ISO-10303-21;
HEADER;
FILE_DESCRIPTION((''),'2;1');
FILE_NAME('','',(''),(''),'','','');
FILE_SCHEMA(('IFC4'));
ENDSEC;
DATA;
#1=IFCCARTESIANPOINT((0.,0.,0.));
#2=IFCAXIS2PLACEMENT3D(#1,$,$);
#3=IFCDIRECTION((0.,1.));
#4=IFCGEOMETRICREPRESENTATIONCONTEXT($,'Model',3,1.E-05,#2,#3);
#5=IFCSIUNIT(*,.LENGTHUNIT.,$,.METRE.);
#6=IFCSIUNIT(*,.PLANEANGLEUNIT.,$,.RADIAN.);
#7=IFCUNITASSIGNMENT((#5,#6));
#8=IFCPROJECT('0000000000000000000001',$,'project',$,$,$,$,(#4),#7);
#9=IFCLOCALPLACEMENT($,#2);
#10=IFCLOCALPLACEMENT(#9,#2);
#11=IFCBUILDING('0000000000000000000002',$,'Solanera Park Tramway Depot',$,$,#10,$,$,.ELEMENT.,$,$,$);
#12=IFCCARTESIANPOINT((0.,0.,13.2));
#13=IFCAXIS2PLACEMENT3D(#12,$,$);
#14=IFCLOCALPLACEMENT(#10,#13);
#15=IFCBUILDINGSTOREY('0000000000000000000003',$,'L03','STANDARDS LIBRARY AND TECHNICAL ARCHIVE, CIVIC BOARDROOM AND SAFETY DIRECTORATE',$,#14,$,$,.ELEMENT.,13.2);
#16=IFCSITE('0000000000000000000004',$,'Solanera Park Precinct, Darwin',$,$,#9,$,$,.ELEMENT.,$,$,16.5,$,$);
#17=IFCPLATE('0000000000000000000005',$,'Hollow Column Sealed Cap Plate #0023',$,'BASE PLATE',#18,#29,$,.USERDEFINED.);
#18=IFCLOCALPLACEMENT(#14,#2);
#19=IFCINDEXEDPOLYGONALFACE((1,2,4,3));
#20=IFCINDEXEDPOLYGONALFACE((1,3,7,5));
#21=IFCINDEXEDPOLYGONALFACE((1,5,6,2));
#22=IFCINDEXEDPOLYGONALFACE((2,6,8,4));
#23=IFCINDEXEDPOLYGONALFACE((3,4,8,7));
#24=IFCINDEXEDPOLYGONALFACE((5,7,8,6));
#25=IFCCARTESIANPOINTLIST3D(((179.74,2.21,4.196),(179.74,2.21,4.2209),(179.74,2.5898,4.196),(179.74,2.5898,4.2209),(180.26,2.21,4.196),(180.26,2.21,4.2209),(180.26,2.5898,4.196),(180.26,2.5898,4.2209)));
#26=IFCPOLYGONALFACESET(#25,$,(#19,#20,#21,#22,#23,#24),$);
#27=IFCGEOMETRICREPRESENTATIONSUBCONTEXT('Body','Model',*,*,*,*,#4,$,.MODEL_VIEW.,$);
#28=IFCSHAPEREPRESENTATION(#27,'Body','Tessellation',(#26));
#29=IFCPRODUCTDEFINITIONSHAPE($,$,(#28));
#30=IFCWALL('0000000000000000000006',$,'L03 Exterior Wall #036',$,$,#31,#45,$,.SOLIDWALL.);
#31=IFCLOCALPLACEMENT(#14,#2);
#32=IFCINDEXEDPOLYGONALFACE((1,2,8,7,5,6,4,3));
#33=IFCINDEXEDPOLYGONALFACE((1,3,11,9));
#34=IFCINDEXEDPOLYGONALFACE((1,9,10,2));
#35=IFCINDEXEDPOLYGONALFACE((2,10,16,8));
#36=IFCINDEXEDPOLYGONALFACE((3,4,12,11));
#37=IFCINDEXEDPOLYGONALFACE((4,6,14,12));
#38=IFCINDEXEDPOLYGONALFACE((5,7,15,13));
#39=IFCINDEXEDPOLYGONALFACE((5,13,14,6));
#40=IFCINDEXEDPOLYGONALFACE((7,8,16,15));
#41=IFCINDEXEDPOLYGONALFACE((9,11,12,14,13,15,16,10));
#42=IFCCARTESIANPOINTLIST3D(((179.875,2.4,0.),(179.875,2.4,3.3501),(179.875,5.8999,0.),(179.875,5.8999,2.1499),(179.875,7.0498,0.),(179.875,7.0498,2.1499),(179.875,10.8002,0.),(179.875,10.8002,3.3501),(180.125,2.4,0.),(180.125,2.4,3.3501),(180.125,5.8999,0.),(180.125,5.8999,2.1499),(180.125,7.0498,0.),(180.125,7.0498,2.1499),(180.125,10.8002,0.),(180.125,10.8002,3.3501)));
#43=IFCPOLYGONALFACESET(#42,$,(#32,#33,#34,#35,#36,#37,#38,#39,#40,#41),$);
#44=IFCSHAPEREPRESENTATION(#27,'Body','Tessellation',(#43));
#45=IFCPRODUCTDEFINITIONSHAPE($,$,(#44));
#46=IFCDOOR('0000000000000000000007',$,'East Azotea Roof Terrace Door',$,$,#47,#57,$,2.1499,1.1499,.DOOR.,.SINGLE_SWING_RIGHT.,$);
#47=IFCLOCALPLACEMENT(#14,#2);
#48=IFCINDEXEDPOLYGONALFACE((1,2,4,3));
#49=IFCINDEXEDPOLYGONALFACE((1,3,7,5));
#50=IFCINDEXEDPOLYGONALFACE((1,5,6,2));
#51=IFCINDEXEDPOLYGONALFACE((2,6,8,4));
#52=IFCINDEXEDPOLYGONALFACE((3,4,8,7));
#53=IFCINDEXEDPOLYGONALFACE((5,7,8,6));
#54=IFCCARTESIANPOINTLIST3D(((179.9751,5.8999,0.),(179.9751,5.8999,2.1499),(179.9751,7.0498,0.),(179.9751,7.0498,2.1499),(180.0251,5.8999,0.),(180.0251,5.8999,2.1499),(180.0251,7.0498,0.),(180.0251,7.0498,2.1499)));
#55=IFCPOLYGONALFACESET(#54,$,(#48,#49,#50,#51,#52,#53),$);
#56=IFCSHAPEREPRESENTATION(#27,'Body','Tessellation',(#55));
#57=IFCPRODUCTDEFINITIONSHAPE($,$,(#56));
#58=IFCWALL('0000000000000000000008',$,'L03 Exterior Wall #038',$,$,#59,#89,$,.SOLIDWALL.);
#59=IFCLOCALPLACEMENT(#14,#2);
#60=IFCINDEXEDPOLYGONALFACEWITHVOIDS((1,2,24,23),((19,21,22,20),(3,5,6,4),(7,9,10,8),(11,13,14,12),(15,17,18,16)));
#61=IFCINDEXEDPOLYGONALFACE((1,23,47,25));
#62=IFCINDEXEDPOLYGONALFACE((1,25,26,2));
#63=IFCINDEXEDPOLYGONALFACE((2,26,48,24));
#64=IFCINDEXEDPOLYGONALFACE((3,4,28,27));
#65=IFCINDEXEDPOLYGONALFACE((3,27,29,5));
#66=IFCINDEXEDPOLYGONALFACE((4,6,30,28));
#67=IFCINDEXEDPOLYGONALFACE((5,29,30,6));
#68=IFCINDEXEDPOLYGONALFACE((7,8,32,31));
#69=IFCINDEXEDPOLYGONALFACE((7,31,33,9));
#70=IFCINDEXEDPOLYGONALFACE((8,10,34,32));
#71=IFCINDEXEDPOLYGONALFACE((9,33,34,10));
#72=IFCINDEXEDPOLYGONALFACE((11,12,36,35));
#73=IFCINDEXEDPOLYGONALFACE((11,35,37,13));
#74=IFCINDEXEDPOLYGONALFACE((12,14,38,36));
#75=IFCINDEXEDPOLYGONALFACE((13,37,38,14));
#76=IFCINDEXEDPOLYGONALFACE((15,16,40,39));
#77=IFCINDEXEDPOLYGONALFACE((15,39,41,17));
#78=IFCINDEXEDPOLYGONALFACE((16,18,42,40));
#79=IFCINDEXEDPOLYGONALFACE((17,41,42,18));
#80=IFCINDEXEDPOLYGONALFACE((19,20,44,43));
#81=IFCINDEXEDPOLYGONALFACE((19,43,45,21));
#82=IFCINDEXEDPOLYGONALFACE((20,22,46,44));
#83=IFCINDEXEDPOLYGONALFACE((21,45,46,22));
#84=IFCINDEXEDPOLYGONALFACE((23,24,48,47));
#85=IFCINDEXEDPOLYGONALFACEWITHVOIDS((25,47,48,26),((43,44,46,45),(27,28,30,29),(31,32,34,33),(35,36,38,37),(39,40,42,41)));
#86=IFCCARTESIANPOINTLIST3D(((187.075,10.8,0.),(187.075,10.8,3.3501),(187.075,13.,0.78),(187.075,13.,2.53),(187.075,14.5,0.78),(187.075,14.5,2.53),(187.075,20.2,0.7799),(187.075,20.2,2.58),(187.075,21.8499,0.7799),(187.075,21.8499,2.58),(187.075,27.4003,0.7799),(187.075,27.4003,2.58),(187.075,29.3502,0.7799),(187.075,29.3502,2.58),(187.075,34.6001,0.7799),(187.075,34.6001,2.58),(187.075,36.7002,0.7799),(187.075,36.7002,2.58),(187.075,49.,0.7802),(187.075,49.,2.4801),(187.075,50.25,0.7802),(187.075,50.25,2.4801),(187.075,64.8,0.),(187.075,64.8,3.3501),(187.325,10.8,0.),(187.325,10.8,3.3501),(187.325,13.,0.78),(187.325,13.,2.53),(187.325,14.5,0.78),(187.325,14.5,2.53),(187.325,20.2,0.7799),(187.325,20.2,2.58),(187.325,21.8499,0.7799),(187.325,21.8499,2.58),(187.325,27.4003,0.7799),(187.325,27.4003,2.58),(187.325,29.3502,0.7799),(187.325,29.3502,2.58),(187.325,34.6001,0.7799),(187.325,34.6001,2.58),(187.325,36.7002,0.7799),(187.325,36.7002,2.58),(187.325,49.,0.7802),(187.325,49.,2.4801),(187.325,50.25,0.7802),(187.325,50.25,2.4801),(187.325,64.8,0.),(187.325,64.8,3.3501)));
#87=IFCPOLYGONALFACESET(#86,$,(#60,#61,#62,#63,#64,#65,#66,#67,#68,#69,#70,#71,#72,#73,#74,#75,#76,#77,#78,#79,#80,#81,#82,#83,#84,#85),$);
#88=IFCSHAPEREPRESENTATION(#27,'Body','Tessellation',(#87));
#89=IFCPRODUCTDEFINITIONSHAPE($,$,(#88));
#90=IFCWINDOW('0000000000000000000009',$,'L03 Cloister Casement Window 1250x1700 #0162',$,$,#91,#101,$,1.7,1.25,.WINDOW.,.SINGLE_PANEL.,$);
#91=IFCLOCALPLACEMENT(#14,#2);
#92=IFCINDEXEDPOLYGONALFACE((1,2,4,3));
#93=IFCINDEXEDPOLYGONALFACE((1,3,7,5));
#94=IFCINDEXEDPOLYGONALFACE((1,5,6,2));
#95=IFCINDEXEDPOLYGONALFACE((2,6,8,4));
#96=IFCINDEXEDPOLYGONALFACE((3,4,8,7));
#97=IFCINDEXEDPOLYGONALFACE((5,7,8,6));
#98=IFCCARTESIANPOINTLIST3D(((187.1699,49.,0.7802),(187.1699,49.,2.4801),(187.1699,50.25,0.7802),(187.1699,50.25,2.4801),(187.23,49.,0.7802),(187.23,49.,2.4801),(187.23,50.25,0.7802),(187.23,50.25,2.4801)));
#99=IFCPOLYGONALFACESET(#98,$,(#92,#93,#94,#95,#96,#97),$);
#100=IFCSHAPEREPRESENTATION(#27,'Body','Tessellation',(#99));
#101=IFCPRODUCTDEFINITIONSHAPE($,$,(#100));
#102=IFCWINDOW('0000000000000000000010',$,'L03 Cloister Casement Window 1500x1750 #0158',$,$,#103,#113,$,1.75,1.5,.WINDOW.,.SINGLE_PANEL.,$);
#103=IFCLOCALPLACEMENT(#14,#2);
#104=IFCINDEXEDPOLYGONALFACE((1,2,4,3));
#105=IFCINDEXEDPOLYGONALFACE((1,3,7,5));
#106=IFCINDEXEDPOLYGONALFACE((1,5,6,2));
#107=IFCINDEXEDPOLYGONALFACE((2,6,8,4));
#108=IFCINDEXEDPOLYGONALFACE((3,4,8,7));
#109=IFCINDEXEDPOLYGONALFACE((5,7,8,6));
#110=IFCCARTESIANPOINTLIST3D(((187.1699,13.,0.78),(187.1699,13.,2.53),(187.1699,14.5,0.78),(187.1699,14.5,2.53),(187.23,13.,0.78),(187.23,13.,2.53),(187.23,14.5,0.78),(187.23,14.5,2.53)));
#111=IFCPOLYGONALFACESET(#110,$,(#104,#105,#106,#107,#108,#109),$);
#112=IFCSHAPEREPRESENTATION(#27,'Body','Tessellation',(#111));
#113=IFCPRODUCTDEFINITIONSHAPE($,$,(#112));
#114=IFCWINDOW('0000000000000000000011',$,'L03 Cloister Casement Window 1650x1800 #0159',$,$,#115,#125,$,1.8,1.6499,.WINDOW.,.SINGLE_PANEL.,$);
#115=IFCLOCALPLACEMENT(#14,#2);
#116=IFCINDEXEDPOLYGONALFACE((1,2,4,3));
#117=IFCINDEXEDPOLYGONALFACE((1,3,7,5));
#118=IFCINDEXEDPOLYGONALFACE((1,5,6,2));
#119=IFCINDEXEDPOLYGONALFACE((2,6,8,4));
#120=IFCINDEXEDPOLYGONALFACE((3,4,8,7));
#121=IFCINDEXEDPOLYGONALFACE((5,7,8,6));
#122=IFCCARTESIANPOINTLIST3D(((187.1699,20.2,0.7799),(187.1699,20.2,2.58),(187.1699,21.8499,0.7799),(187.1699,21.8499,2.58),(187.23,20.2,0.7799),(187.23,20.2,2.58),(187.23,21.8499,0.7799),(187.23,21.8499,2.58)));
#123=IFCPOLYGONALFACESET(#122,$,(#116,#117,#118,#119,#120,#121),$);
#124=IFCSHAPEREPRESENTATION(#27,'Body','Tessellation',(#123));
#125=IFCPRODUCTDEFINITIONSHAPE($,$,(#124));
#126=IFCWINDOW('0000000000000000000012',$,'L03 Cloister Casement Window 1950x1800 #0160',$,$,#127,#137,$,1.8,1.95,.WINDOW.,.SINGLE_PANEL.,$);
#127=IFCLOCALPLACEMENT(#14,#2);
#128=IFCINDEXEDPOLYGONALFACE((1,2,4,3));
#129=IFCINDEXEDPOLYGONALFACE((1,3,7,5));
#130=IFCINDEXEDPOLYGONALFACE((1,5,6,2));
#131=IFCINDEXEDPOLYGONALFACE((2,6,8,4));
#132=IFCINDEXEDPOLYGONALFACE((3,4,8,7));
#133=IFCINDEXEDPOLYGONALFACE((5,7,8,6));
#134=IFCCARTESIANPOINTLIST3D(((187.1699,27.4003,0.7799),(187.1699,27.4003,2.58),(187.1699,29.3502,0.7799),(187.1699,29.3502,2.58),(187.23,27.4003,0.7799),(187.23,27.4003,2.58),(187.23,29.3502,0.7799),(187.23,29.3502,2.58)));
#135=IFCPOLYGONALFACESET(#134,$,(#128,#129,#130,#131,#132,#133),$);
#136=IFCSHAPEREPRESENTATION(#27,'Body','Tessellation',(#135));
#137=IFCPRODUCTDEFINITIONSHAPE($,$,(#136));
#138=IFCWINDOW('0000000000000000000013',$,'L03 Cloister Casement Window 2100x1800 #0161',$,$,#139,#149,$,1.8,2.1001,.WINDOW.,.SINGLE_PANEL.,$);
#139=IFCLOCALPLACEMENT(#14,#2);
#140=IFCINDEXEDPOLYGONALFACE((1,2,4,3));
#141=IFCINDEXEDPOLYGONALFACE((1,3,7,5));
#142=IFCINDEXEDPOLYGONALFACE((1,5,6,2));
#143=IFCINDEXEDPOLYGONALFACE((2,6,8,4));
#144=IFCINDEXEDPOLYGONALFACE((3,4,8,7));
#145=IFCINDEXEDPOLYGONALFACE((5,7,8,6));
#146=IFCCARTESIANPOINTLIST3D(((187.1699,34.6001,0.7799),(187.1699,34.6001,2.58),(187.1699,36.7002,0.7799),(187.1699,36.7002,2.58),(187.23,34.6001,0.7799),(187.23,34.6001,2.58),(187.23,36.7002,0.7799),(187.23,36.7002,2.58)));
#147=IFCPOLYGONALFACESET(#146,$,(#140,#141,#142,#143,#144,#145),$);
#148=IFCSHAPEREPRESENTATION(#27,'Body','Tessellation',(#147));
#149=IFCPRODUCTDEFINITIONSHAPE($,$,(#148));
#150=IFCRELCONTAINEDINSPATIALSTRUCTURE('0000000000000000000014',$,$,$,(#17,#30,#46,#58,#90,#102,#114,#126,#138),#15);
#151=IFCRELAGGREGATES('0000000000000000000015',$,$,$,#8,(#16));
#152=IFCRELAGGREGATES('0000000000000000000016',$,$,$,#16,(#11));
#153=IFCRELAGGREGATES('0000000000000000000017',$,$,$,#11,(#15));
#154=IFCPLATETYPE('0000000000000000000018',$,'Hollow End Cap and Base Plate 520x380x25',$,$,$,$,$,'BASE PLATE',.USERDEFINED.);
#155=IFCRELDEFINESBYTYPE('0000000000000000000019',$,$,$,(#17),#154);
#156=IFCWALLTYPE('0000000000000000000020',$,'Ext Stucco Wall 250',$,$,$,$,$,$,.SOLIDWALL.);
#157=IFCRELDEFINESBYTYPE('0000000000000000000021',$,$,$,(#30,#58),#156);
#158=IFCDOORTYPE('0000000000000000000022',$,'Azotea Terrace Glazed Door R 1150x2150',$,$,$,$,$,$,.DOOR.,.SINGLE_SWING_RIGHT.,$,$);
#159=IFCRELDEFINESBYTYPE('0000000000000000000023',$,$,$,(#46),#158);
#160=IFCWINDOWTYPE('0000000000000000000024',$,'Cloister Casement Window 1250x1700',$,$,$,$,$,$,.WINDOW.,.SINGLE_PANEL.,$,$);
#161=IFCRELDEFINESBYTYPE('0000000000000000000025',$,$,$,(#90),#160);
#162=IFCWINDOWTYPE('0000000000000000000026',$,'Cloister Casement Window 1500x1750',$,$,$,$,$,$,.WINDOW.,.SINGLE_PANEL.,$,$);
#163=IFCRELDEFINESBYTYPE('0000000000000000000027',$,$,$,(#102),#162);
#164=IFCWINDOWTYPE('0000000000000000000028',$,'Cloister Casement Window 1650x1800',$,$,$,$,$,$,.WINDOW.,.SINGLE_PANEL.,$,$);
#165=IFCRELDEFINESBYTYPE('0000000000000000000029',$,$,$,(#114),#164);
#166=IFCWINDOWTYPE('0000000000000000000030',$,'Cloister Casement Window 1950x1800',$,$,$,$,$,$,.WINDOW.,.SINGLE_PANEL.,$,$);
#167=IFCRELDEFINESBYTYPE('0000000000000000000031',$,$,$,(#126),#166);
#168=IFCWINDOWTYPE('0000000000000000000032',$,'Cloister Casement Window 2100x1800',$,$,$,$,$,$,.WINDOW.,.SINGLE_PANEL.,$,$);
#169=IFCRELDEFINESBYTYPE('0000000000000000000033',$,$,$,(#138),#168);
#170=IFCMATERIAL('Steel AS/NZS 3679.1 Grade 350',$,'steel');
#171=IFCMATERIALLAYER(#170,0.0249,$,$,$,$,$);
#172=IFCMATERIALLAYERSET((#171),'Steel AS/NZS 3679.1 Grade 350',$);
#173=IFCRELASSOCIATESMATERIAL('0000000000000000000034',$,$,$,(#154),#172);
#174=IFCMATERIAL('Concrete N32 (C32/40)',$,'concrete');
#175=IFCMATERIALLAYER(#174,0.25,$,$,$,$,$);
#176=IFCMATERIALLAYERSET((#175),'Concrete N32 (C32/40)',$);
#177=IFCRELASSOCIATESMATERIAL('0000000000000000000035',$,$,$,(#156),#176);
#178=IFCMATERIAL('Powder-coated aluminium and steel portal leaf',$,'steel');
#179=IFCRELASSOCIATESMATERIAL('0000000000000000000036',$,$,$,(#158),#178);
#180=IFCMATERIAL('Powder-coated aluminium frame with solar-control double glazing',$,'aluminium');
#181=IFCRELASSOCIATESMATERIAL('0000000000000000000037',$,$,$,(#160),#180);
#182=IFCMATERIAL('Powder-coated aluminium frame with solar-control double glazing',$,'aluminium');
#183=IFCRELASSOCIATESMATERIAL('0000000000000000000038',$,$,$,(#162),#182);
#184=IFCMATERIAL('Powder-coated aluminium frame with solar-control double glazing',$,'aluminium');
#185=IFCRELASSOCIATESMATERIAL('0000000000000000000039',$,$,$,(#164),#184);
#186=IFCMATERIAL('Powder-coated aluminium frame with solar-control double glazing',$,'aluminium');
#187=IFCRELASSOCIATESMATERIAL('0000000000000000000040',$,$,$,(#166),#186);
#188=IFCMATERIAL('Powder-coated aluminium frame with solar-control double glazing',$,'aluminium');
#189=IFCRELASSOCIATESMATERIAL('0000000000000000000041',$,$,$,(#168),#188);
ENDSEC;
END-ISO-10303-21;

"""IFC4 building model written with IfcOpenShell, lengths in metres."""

from ifc_helpers import new_model, si_unit, direction, frame, frame_2d, origin, origin_2d, place, context, subcontext, project, spatial, rectangle, extrude, material, layer, layer_set, type_object, element, fill, save


model = new_model("IFC4")

# Units and contexts
model_context = context("Model", 3, precision=1e-05, world=origin(), true_north=direction((0.0, 1.0)))
body_context = subcontext(model_context, "Body", "Model", "MODEL_VIEW")
ifc_project = project(units=[si_unit("LENGTHUNIT", "METRE"), si_unit("PLANEANGLEUNIT", "RADIAN")], contexts=[model_context])

# Site, building, storey
site_placement = place(None, origin())
site = spatial("IfcSite", under=ifc_project, at=site_placement, Name="Solanera Park Precinct, Darwin", CompositionType="ELEMENT", RefElevation=16.5)
building_placement = place(site_placement, origin())
building = spatial("IfcBuilding", under=site, at=building_placement, Name="Solanera Park Tramway Depot", CompositionType="ELEMENT")
storey_placement = place(building_placement, frame((0.0, 0.0, 13.2)))
storey = spatial("IfcBuildingStorey", under=building, at=storey_placement, Name="L03", Description="STANDARDS LIBRARY AND TECHNICAL ARCHIVE, CIVIC BOARDROOM AND SAFETY DIRECTORATE", CompositionType="ELEMENT", Elevation=13.2)

# Plate
ifc_material_1 = material(Name="Steel AS/NZS 3679.1 Grade 350", Category="steel")
ifc_layer_1 = layer(ifc_material_1, 0.0249)
ifc_layer_set_1 = layer_set([ifc_layer_1], Name="Steel AS/NZS 3679.1 Grade 350")
plate_type_1 = type_object("IfcPlateType", Name="Hollow End Cap and Base Plate 520x380x25", ElementType="BASE PLATE", PredefinedType="USERDEFINED", material=ifc_layer_set_1)
plate_1_placement = place(storey_placement, frame((180.0, 2.3999, 4.196), z_axis=(0.0, 0.0, 1.0), x_axis=(1.0, 0.0, 0.0)))
element("IfcPlate", 1, at=plate_1_placement, inside=storey, type_object=plate_type_1, Name="Hollow Column Sealed Cap Plate #0023", ObjectType="BASE PLATE", PredefinedType="USERDEFINED", context=body_context, shape_type="SweptSolid", body=[
    extrude(rectangle(XDim=0.52, YDim=0.3799, at=origin_2d()), origin(), (0.0, 0.0, 1.0), 0.0249),
])

# Wall, opening, door
ifc_material_2 = material(Name="Concrete N32 (C32/40)", Category="concrete")
ifc_layer_2 = layer(ifc_material_2, 0.25)
ifc_layer_set_2 = layer_set([ifc_layer_2], Name="Concrete N32 (C32/40)")
wall_type = type_object("IfcWallType", Name="Ext Stucco Wall 250", PredefinedType="SOLIDWALL", material=ifc_layer_set_2)
wall_1_placement = place(storey_placement, frame((180.0, 2.3999, 0.0), z_axis=(0.0, 0.0, 1.0), x_axis=(0.0, 1.0, 0.0)))
wall_1 = element("IfcWall", 2, at=wall_1_placement, inside=storey, type_object=wall_type, Name="L03 Exterior Wall #036", PredefinedType="SOLIDWALL", context=body_context, shape_type="SweptSolid", body=[
    extrude(rectangle(XDim=8.4001, YDim=0.25, at=frame_2d((4.2002, 0.0))), origin(), (0.0, 0.0, 1.0), 3.3501),
])
opening_1_placement = place(wall_1_placement, frame((3.5, 0.0, 0.0)))
opening_1 = element("IfcOpeningElement", 3, at=opening_1_placement, cuts=wall_1, PredefinedType="OPENING", context=body_context, shape_type="SweptSolid", body=[
    extrude(rectangle(XDim=1.1499, YDim=2.1499, at=frame_2d((0.575, 1.075))), frame((0.0, 0.135, 0.0), z_axis=(0.0, -1.0, 0.0), x_axis=(1.0, 0.0, 0.0)), (0.0, 0.0, 1.0), 0.27),
])
ifc_material_3 = material(Name="Powder-coated aluminium and steel portal leaf", Category="steel")
door_type = type_object("IfcDoorType", Name="Azotea Terrace Glazed Door R 1150x2150", OperationType="SINGLE_SWING_RIGHT", PredefinedType="DOOR", material=ifc_material_3)
door_placement = place(opening_1_placement, origin())
door = element("IfcDoor", 4, at=door_placement, inside=storey, type_object=door_type, Name="East Azotea Roof Terrace Door", OperationType="SINGLE_SWING_RIGHT", OverallHeight=2.1499, OverallWidth=1.1499, PredefinedType="DOOR", context=body_context, shape_type="SweptSolid", body=[
    extrude(rectangle(XDim=1.1499, YDim=2.1499, at=frame_2d((0.575, 1.075))), frame((0.0, 0.0249, 0.0), z_axis=(0.0, -1.0, 0.0), x_axis=(1.0, 0.0, 0.0)), (0.0, 0.0, 1.0), 0.05),
])
fill(opening_1, door)

# Wall, openings, windows
wall_2_placement = place(storey_placement, frame((187.2, 10.8, 0.0), z_axis=(0.0, 0.0, 1.0), x_axis=(0.0, 1.0, 0.0)))
wall_2 = element("IfcWall", 5, at=wall_2_placement, inside=storey, type_object=wall_type, Name="L03 Exterior Wall #038", PredefinedType="SOLIDWALL", context=body_context, shape_type="SweptSolid", body=[
    extrude(rectangle(XDim=54.0, YDim=0.25, at=frame_2d((27.0, 0.0))), origin(), (0.0, 0.0, 1.0), 3.3501),
])
opening_2_placement = place(wall_2_placement, frame((2.2, 0.0, 0.78)))
opening_2 = element("IfcOpeningElement", 6, at=opening_2_placement, cuts=wall_2, PredefinedType="OPENING", context=body_context, shape_type="SweptSolid", body=[
    extrude(rectangle(XDim=1.5, YDim=1.75, at=frame_2d((0.75, 0.875))), frame((0.0, 0.135, 0.0), z_axis=(0.0, -1.0, 0.0), x_axis=(1.0, 0.0, 0.0)), (0.0, 0.0, 1.0), 0.27),
])
opening_3_placement = place(wall_2_placement, frame((9.3999, 0.0, 0.78)))
opening_3 = element("IfcOpeningElement", 7, at=opening_3_placement, cuts=wall_2, PredefinedType="OPENING", context=body_context, shape_type="SweptSolid", body=[
    extrude(rectangle(XDim=1.6499, YDim=1.8, at=frame_2d((0.825, 0.8999))), frame((0.0, 0.135, 0.0), z_axis=(0.0, -1.0, 0.0), x_axis=(1.0, 0.0, 0.0)), (0.0, 0.0, 1.0), 0.27),
])
opening_4_placement = place(wall_2_placement, frame((16.6001, 0.0, 0.78)))
opening_4 = element("IfcOpeningElement", 8, at=opening_4_placement, cuts=wall_2, PredefinedType="OPENING", context=body_context, shape_type="SweptSolid", body=[
    extrude(rectangle(XDim=1.95, YDim=1.8, at=frame_2d((0.9751, 0.8999))), frame((0.0, 0.135, 0.0), z_axis=(0.0, -1.0, 0.0), x_axis=(1.0, 0.0, 0.0)), (0.0, 0.0, 1.0), 0.27),
])
opening_5_placement = place(wall_2_placement, frame((23.8, 0.0, 0.78)))
opening_5 = element("IfcOpeningElement", 9, at=opening_5_placement, cuts=wall_2, PredefinedType="OPENING", context=body_context, shape_type="SweptSolid", body=[
    extrude(rectangle(XDim=2.1001, YDim=1.8, at=frame_2d((1.05, 0.8999))), frame((0.0, 0.135, 0.0), z_axis=(0.0, -1.0, 0.0), x_axis=(1.0, 0.0, 0.0)), (0.0, 0.0, 1.0), 0.27),
])
opening_6_placement = place(wall_2_placement, frame((38.2, 0.0, 0.78)))
opening_6 = element("IfcOpeningElement", 10, at=opening_6_placement, cuts=wall_2, PredefinedType="OPENING", context=body_context, shape_type="SweptSolid", body=[
    extrude(rectangle(XDim=1.25, YDim=1.7, at=frame_2d((0.625, 0.8501))), frame((0.0, 0.135, 0.0), z_axis=(0.0, -1.0, 0.0), x_axis=(1.0, 0.0, 0.0)), (0.0, 0.0, 1.0), 0.27),
])
ifc_material_4 = material(Name="Powder-coated aluminium frame with solar-control double glazing", Category="aluminium")
window_type_1 = type_object("IfcWindowType", Name="Cloister Casement Window 1250x1700", PartitioningType="SINGLE_PANEL", PredefinedType="WINDOW", material=ifc_material_4)
window_1_placement = place(opening_6_placement, origin())
window_1 = element("IfcWindow", 11, at=window_1_placement, inside=storey, type_object=window_type_1, Name="L03 Cloister Casement Window 1250x1700 #0162", OverallHeight=1.7, OverallWidth=1.25, PartitioningType="SINGLE_PANEL", PredefinedType="WINDOW", context=body_context, shape_type="SweptSolid", body=[
    extrude(rectangle(XDim=1.25, YDim=1.7, at=frame_2d((0.625, 0.8501))), frame((0.0, 0.03, 0.0), z_axis=(0.0, -1.0, 0.0), x_axis=(1.0, 0.0, 0.0)), (0.0, 0.0, 1.0), 0.0601),
])
fill(opening_6, window_1)
ifc_material_5 = material(Name="Powder-coated aluminium frame with solar-control double glazing", Category="aluminium")
window_type_2 = type_object("IfcWindowType", Name="Cloister Casement Window 1500x1750", PartitioningType="SINGLE_PANEL", PredefinedType="WINDOW", material=ifc_material_5)
window_2_placement = place(opening_2_placement, origin())
window_2 = element("IfcWindow", 12, at=window_2_placement, inside=storey, type_object=window_type_2, Name="L03 Cloister Casement Window 1500x1750 #0158", OverallHeight=1.75, OverallWidth=1.5, PartitioningType="SINGLE_PANEL", PredefinedType="WINDOW", context=body_context, shape_type="SweptSolid", body=[
    extrude(rectangle(XDim=1.5, YDim=1.75, at=frame_2d((0.75, 0.875))), frame((0.0, 0.03, 0.0), z_axis=(0.0, -1.0, 0.0), x_axis=(1.0, 0.0, 0.0)), (0.0, 0.0, 1.0), 0.0601),
])
fill(opening_2, window_2)
ifc_material_6 = material(Name="Powder-coated aluminium frame with solar-control double glazing", Category="aluminium")
window_type_3 = type_object("IfcWindowType", Name="Cloister Casement Window 1650x1800", PartitioningType="SINGLE_PANEL", PredefinedType="WINDOW", material=ifc_material_6)
window_3_placement = place(opening_3_placement, origin())
window_3 = element("IfcWindow", 13, at=window_3_placement, inside=storey, type_object=window_type_3, Name="L03 Cloister Casement Window 1650x1800 #0159", OverallHeight=1.8, OverallWidth=1.6499, PartitioningType="SINGLE_PANEL", PredefinedType="WINDOW", context=body_context, shape_type="SweptSolid", body=[
    extrude(rectangle(XDim=1.6499, YDim=1.8, at=frame_2d((0.825, 0.8999))), frame((0.0, 0.03, 0.0), z_axis=(0.0, -1.0, 0.0), x_axis=(1.0, 0.0, 0.0)), (0.0, 0.0, 1.0), 0.0601),
])
fill(opening_3, window_3)
ifc_material_7 = material(Name="Powder-coated aluminium frame with solar-control double glazing", Category="aluminium")
window_type_4 = type_object("IfcWindowType", Name="Cloister Casement Window 1950x1800", PartitioningType="SINGLE_PANEL", PredefinedType="WINDOW", material=ifc_material_7)
window_4_placement = place(opening_4_placement, origin())
window_4 = element("IfcWindow", 14, at=window_4_placement, inside=storey, type_object=window_type_4, Name="L03 Cloister Casement Window 1950x1800 #0160", OverallHeight=1.8, OverallWidth=1.95, PartitioningType="SINGLE_PANEL", PredefinedType="WINDOW", context=body_context, shape_type="SweptSolid", body=[
    extrude(rectangle(XDim=1.95, YDim=1.8, at=frame_2d((0.9751, 0.8999))), frame((0.0, 0.03, 0.0), z_axis=(0.0, -1.0, 0.0), x_axis=(1.0, 0.0, 0.0)), (0.0, 0.0, 1.0), 0.0601),
])
fill(opening_4, window_4)
ifc_material_8 = material(Name="Powder-coated aluminium frame with solar-control double glazing", Category="aluminium")
window_type_5 = type_object("IfcWindowType", Name="Cloister Casement Window 2100x1800", PartitioningType="SINGLE_PANEL", PredefinedType="WINDOW", material=ifc_material_8)
window_5_placement = place(opening_5_placement, origin())
window_5 = element("IfcWindow", 15, at=window_5_placement, inside=storey, type_object=window_type_5, Name="L03 Cloister Casement Window 2100x1800 #0161", OverallHeight=1.8, OverallWidth=2.1001, PartitioningType="SINGLE_PANEL", PredefinedType="WINDOW", context=body_context, shape_type="SweptSolid", body=[
    extrude(rectangle(XDim=2.1001, YDim=1.8, at=frame_2d((1.05, 0.8999))), frame((0.0, 0.03, 0.0), z_axis=(0.0, -1.0, 0.0), x_axis=(1.0, 0.0, 0.0)), (0.0, 0.0, 1.0), 0.0601),
])
fill(opening_5, window_5)

save(model, "model.ifc")
